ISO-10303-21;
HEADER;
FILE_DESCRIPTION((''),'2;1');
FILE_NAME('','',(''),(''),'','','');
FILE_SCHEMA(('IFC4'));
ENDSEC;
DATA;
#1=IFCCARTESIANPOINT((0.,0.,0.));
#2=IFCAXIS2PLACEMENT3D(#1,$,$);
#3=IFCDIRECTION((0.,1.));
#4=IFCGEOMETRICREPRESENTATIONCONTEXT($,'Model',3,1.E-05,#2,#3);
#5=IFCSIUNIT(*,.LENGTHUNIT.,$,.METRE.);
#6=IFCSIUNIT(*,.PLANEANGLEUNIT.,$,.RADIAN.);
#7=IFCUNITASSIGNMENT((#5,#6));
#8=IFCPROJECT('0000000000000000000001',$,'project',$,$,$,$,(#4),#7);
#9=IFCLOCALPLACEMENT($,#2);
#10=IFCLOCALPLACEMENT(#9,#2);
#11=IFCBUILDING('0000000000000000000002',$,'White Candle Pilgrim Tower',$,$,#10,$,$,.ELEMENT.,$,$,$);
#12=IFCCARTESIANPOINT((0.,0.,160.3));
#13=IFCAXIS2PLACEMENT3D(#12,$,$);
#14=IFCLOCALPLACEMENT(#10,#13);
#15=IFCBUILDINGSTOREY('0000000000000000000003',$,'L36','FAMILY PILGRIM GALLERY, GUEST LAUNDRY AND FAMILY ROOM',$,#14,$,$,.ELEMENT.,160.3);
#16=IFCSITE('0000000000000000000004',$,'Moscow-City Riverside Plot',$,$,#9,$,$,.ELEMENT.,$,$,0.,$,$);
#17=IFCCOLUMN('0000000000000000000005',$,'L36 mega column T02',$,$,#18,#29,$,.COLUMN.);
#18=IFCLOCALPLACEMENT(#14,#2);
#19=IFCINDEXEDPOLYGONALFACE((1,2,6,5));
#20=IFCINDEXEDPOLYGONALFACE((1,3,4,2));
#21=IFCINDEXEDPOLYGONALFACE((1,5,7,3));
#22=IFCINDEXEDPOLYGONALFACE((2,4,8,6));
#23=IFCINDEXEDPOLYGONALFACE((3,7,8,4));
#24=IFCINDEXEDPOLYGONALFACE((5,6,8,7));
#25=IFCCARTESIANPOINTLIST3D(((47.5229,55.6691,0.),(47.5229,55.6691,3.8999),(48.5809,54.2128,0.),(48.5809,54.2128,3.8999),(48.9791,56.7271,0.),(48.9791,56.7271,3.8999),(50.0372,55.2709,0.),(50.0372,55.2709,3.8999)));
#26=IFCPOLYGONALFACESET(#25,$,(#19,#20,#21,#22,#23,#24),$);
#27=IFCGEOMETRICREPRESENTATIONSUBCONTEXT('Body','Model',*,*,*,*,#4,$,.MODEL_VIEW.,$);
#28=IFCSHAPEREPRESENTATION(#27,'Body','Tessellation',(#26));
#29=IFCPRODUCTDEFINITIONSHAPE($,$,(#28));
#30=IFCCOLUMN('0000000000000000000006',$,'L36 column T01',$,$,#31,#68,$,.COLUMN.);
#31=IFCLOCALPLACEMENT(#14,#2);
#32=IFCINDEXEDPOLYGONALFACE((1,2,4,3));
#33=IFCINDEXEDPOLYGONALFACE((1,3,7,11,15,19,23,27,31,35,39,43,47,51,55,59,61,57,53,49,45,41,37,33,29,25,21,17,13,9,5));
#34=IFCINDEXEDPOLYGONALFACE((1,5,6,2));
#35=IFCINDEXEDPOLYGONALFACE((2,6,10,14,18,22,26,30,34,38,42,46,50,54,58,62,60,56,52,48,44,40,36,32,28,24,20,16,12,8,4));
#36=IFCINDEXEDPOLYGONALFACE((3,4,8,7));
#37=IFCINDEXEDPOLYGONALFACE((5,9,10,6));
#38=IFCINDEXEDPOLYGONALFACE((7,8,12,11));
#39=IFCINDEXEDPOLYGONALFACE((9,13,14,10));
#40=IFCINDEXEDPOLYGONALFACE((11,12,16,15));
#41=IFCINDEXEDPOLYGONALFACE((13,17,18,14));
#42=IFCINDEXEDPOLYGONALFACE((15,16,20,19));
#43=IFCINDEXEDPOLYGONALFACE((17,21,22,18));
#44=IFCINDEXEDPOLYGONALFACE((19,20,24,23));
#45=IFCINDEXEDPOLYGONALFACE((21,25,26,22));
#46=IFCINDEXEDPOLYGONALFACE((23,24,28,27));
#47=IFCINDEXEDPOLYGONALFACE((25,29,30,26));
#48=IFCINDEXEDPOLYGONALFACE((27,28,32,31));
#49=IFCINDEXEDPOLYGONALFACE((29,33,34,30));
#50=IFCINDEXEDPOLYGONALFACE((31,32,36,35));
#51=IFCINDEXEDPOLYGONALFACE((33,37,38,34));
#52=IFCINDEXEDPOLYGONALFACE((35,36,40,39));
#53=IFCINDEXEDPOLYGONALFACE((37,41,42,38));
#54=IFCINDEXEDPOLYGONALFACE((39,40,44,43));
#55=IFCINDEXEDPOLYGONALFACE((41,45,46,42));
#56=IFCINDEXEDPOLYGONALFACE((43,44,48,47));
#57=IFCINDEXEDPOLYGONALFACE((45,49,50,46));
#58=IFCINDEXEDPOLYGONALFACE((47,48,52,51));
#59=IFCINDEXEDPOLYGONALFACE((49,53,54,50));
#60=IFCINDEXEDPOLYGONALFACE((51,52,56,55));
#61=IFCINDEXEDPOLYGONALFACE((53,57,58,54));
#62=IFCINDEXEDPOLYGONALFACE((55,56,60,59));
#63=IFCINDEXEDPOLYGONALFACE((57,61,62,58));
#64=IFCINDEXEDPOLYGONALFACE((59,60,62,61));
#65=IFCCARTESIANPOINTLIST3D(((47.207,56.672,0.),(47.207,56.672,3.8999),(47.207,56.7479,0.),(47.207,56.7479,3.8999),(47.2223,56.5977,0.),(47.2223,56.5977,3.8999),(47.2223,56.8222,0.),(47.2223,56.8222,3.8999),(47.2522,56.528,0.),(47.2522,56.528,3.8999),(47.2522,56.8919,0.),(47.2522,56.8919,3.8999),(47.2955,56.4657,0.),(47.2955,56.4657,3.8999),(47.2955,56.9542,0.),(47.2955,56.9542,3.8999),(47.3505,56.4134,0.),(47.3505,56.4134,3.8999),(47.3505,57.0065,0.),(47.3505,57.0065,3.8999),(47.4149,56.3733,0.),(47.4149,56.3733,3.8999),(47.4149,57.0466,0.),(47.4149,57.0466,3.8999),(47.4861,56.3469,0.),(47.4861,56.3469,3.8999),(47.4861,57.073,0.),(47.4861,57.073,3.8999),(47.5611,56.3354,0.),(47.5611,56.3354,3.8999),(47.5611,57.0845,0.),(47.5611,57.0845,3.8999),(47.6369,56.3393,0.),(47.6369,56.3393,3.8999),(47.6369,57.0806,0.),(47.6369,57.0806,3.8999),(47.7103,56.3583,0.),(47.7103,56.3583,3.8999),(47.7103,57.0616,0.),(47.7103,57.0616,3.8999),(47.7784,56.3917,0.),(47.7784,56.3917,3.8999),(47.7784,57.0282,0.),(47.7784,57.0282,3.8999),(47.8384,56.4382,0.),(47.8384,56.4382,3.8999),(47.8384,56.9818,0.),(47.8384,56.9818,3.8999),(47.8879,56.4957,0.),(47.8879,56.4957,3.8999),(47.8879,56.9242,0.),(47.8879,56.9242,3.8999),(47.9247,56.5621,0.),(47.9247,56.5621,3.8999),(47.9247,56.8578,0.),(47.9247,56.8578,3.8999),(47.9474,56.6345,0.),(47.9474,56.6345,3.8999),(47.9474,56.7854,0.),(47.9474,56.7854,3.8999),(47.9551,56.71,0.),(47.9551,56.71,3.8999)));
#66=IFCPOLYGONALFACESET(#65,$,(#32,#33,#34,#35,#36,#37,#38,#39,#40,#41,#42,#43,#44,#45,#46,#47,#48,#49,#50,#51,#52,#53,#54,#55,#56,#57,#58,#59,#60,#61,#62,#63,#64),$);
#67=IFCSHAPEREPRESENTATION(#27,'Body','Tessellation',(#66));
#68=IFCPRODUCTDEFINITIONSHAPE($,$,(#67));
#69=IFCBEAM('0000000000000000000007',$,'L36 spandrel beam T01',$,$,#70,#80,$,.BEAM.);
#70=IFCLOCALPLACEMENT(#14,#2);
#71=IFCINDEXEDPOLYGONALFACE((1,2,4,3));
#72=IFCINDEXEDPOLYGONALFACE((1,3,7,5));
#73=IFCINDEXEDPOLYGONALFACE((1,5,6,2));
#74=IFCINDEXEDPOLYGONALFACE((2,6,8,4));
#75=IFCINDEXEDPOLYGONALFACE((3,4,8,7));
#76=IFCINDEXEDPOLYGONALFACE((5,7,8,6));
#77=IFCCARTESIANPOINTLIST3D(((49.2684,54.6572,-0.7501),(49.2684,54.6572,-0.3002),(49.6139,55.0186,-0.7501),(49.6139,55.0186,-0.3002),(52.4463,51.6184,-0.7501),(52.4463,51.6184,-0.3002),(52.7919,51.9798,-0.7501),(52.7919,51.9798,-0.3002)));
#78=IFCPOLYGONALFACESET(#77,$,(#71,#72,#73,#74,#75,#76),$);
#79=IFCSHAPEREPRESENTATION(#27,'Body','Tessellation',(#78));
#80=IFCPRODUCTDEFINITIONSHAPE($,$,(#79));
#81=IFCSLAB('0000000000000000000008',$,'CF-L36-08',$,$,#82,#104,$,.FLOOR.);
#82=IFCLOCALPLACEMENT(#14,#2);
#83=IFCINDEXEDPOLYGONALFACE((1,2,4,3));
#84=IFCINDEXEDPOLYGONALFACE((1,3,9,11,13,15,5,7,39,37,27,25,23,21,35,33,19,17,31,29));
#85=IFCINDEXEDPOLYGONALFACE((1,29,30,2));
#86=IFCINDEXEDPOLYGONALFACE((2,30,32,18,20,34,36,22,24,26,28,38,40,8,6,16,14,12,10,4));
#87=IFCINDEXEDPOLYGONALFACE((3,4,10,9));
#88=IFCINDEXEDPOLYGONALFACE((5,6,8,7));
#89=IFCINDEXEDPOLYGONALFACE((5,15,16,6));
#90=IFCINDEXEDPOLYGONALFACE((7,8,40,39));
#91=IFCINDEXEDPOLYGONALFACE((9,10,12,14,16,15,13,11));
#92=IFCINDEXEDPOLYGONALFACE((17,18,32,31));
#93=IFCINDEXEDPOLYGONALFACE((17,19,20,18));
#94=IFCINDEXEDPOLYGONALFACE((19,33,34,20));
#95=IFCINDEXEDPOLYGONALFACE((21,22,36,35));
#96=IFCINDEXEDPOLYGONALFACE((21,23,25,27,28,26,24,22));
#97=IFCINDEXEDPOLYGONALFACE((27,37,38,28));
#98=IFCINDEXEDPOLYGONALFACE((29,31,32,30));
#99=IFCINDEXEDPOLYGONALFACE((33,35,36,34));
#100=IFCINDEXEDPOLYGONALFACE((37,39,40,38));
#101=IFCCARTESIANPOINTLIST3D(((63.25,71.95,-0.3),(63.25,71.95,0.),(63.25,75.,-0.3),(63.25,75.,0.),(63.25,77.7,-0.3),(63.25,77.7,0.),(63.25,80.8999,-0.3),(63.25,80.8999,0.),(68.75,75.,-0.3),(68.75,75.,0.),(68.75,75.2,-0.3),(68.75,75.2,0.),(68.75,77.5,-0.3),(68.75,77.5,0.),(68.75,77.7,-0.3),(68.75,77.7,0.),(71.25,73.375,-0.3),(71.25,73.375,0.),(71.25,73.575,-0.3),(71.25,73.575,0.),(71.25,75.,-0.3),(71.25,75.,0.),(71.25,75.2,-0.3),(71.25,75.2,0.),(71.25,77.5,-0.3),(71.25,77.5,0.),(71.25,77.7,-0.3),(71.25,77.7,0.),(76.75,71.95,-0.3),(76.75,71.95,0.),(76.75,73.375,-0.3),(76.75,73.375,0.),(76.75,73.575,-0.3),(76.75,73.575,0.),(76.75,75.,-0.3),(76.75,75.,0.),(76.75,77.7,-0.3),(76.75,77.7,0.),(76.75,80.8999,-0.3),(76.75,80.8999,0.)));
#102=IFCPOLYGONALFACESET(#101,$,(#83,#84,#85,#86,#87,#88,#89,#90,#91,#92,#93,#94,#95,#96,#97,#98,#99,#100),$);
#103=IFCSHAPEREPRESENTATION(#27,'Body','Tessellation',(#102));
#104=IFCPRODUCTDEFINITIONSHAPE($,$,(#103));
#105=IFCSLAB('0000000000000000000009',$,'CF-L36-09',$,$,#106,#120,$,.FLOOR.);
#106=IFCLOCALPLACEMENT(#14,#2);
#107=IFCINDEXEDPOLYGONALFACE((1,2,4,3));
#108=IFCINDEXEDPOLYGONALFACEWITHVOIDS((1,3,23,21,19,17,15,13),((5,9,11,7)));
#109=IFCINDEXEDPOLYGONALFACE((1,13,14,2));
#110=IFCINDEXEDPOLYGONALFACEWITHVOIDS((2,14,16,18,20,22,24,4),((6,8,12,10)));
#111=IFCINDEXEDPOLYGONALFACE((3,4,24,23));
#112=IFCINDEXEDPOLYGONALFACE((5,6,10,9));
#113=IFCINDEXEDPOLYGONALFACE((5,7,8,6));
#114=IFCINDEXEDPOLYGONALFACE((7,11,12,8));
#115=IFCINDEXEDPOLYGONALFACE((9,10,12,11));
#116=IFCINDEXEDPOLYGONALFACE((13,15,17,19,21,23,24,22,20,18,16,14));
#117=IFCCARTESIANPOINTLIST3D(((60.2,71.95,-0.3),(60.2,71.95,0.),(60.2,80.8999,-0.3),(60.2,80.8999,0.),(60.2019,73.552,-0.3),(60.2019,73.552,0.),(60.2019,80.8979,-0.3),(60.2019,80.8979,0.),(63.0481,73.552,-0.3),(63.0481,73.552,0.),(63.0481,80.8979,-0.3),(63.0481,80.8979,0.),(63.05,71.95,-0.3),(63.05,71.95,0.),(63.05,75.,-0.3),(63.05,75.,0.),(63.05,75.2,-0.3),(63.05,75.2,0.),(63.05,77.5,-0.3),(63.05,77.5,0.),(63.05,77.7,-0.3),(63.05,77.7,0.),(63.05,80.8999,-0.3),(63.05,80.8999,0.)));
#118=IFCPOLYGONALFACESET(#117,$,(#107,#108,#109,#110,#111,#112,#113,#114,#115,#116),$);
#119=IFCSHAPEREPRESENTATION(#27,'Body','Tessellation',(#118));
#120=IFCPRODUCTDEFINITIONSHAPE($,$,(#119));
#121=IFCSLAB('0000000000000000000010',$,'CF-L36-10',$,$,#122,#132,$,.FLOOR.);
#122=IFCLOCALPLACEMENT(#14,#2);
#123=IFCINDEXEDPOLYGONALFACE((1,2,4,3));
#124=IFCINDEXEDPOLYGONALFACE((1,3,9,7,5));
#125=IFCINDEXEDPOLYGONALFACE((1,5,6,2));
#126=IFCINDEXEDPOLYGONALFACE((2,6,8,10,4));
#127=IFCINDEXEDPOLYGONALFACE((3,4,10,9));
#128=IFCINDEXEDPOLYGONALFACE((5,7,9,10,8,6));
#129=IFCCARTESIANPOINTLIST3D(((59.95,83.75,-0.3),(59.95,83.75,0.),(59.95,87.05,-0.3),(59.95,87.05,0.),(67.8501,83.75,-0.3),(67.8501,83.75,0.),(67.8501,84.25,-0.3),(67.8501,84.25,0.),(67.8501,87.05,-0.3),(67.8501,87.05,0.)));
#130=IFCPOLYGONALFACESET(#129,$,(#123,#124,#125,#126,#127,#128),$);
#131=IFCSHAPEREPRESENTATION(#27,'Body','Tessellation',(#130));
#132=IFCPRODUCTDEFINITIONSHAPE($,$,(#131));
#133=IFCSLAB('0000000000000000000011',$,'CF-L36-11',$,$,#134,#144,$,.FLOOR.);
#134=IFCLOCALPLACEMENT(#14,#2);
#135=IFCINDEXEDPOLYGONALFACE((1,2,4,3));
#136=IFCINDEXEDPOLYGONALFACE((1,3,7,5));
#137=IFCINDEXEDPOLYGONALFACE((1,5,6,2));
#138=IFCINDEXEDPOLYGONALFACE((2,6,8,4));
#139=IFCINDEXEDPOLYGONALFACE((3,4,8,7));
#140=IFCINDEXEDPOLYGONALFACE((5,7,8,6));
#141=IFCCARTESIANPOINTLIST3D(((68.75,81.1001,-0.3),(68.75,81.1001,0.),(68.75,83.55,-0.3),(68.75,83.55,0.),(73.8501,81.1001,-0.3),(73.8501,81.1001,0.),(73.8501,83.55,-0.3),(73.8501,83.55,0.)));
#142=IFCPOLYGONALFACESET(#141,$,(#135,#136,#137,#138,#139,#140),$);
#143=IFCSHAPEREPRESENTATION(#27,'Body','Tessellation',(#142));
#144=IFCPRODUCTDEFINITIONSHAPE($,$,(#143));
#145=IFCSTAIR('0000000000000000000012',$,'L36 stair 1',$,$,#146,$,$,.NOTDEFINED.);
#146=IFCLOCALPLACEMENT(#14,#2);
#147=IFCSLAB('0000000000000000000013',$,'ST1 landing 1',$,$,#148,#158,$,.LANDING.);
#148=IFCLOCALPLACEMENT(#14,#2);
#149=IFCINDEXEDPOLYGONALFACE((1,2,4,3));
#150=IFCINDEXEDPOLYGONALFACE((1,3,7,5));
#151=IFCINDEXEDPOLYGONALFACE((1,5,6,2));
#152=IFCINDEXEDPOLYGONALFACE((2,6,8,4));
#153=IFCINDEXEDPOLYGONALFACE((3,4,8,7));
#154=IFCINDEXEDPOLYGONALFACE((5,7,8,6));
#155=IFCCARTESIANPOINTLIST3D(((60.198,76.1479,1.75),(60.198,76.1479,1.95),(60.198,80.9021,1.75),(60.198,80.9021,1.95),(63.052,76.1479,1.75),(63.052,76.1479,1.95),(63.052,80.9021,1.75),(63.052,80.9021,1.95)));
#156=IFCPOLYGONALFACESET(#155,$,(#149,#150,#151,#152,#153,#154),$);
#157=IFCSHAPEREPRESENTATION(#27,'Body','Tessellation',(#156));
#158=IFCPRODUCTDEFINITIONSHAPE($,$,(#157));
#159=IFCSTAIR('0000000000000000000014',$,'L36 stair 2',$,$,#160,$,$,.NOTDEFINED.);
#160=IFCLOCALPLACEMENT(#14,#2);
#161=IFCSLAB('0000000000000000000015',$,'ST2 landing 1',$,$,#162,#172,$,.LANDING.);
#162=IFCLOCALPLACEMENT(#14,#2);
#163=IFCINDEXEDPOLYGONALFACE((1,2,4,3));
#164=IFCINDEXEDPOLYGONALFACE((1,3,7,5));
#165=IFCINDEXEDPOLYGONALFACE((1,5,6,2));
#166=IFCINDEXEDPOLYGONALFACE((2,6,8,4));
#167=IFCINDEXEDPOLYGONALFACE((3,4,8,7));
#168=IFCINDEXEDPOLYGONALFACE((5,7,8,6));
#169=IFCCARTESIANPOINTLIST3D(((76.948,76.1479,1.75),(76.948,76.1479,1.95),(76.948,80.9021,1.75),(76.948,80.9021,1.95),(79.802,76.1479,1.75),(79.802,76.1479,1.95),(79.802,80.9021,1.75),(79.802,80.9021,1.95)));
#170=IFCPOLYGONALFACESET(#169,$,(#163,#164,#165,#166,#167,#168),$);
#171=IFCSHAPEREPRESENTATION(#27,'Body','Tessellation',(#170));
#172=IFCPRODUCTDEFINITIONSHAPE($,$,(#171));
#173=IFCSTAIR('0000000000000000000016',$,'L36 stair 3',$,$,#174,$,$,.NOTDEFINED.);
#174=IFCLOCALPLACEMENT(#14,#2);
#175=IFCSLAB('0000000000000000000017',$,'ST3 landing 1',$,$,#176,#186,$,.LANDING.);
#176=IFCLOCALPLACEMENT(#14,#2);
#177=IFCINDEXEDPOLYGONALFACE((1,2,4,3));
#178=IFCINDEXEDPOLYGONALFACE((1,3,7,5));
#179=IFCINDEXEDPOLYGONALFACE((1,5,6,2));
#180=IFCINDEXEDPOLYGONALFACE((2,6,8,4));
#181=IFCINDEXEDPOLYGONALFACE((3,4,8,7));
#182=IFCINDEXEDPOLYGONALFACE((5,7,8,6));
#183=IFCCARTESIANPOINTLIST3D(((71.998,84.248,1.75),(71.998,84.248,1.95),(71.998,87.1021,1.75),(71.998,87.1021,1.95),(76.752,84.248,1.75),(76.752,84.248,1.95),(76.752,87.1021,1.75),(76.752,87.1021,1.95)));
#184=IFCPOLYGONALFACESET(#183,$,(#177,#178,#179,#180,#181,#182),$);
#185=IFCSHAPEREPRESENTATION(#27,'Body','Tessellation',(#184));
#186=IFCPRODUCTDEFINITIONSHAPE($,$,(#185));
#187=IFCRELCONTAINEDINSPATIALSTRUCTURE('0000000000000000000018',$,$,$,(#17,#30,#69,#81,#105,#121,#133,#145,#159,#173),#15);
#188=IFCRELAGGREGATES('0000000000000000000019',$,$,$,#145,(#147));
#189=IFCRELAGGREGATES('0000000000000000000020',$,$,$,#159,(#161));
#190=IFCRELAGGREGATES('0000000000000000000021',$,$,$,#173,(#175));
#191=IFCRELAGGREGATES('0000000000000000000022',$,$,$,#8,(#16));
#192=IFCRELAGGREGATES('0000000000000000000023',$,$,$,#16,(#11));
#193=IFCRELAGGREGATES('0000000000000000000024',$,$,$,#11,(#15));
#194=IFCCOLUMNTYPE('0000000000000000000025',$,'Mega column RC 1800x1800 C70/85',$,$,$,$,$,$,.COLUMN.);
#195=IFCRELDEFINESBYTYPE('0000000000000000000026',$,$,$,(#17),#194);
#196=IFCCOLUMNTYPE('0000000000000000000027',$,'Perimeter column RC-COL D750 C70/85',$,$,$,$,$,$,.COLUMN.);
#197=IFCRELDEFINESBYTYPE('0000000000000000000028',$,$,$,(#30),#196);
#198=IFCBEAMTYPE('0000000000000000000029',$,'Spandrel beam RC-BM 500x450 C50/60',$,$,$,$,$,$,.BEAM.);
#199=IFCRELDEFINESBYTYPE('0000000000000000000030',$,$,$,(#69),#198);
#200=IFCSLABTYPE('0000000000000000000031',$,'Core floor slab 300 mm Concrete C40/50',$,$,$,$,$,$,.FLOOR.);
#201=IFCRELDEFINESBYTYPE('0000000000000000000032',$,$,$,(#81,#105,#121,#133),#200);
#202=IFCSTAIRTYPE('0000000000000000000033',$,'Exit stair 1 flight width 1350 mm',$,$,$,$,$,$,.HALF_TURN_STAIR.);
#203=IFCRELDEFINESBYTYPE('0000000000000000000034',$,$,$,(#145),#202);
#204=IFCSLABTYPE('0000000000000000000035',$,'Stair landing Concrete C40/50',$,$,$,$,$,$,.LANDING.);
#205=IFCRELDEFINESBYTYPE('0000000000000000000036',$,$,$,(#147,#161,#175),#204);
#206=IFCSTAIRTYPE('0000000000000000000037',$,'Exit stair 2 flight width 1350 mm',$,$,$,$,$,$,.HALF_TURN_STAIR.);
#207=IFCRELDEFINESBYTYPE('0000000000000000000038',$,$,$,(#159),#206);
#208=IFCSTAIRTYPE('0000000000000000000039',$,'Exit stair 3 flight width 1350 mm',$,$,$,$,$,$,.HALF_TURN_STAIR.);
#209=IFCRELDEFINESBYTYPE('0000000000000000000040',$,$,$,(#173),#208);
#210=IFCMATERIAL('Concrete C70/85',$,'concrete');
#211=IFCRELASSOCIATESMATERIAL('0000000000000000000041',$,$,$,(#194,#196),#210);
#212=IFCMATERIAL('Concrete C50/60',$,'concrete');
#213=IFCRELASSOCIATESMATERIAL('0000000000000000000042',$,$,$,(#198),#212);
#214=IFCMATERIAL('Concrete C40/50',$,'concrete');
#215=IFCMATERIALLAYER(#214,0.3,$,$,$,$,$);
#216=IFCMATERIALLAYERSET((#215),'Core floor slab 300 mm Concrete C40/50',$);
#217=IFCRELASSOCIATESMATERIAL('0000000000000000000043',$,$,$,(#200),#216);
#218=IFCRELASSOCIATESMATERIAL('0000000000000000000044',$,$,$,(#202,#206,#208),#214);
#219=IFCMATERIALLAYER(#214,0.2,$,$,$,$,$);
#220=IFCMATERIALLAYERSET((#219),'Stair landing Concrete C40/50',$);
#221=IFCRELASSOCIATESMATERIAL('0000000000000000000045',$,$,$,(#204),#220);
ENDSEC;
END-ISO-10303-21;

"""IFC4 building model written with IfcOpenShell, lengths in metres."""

from ifc_helpers import new_model, si_unit, direction, frame, origin, origin_2d, place, context, subcontext, project, spatial, polyline, rectangle, circle, outline, extrude, material, layer, layer_set, material_profile, profile_set, type_object, element, aggregate, save


model = new_model("IFC4")

# Units and contexts
model_context = context("Model", 3, precision=1e-05, world=origin(), true_north=direction((0.0, 1.0)))
body_context = subcontext(model_context, "Body", "Model", "MODEL_VIEW")
ifc_project = project(units=[si_unit("LENGTHUNIT", "METRE"), si_unit("PLANEANGLEUNIT", "RADIAN")], contexts=[model_context])

# Site, building, storey
site_placement = place(None, origin())
site = spatial("IfcSite", under=ifc_project, at=site_placement, Name="Moscow-City Riverside Plot", CompositionType="ELEMENT", RefElevation=0.0)
building_placement = place(site_placement, origin())
building = spatial("IfcBuilding", under=site, at=building_placement, Name="White Candle Pilgrim Tower", CompositionType="ELEMENT")
storey_placement = place(building_placement, frame((0.0, 0.0, 160.3)))
storey = spatial("IfcBuildingStorey", under=building, at=storey_placement, Name="L36", Description="FAMILY PILGRIM GALLERY, GUEST LAUNDRY AND FAMILY ROOM", CompositionType="ELEMENT", Elevation=160.3)

# Columns
ifc_material_1 = material(Name="Concrete C70/85", Category="concrete")
ifc_material_profile_1 = material_profile(ifc_material_1, rectangle(XDim=1.8, YDim=1.8, at=origin_2d()), Name="RC 1800x1800")
ifc_profile_set_1 = profile_set([ifc_material_profile_1], Name="Concrete C70/85")
column_type_1 = type_object("IfcColumnType", Name="Mega column RC 1800x1800 C70/85", PredefinedType="COLUMN", material=ifc_profile_set_1)
column_1_placement = place(storey_placement, frame((48.78, 55.47, 0.0), z_axis=(0.0, 0.0, 1.0), x_axis=(-0.809017, -0.587785, 0.0)))
element("IfcColumn", 1, at=column_1_placement, inside=storey, type_object=column_type_1, Name="L36 mega column T02", PredefinedType="COLUMN", context=body_context, shape_type="SweptSolid", body=[
    extrude(rectangle(XDim=1.8, YDim=1.8, at=origin_2d()), origin(), (0.0, 0.0, 1.0), 3.8999),
])
ifc_material_profile_2 = material_profile(ifc_material_1, circle(Radius=0.375, at=origin_2d()), Name="RC-COL D750")
ifc_profile_set_2 = profile_set([ifc_material_profile_2], Name="Concrete C70/85")
column_type_2 = type_object("IfcColumnType", Name="Perimeter column RC-COL D750 C70/85", PredefinedType="COLUMN", material=ifc_profile_set_2)
column_2_placement = place(storey_placement, frame((47.5801, 56.71, 0.0), z_axis=(0.0, 0.0, 1.0), x_axis=(1.0, 0.0, 0.0)))
element("IfcColumn", 2, at=column_2_placement, inside=storey, type_object=column_type_2, Name="L36 column T01", PredefinedType="COLUMN", context=body_context, shape_type="SweptSolid", body=[
    extrude(circle(Radius=0.375, at=origin_2d()), origin(), (0.0, 0.0, 1.0), 3.8999),
])

# Beam
ifc_material_2 = material(Name="Concrete C50/60", Category="concrete")
ifc_material_profile_3 = material_profile(ifc_material_2, rectangle(XDim=0.5, YDim=0.45, at=origin_2d()), Name="RC-BM 500x450")
ifc_profile_set_3 = profile_set([ifc_material_profile_3], Name="Concrete C50/60")
beam_type = type_object("IfcBeamType", Name="Spandrel beam RC-BM 500x450 C50/60", PredefinedType="BEAM", material=ifc_profile_set_3)
beam_placement = place(storey_placement, frame((49.4412, 54.8379, -0.5251), z_axis=(0.722754, -0.691105, 0.0), x_axis=(0.691105, 0.722754, 0.0)))
element("IfcBeam", 3, at=beam_placement, inside=storey, type_object=beam_type, Name="L36 spandrel beam T01", PredefinedType="BEAM", context=body_context, shape_type="SweptSolid", body=[
    extrude(rectangle(XDim=0.5, YDim=0.45, at=origin_2d()), origin(), (0.0, 0.0, 1.0), 4.397),
])

# Slabs
ifc_material_3 = material(Name="Concrete C40/50", Category="concrete")
ifc_layer_1 = layer(ifc_material_3, 0.3)
ifc_layer_set_1 = layer_set([ifc_layer_1], Name="Core floor slab 300 mm Concrete C40/50")
slab_type_1 = type_object("IfcSlabType", Name="Core floor slab 300 mm Concrete C40/50", PredefinedType="FLOOR", material=ifc_layer_set_1)
slab_1_placement = place(storey_placement, frame((0.0, 0.0, -0.3)))
element("IfcSlab", 4, at=slab_1_placement, inside=storey, type_object=slab_type_1, Name="CF-L36-08", PredefinedType="FLOOR", context=body_context, shape_type="SweptSolid", body=[
    extrude(outline(polyline([(63.25, 71.95), (63.25, 75.0), (68.75, 75.0), (68.75, 75.2), (68.75, 77.5), (68.75, 77.7), (63.25, 77.7), (63.25, 80.8999), (76.75, 80.8999), (76.75, 77.7), (71.25, 77.7), (71.25, 77.5), (71.25, 75.2), (71.25, 75.0), (76.75, 75.0), (76.75, 73.575), (71.25, 73.575), (71.25, 73.375), (76.75, 73.375), (76.75, 71.95), (63.25, 71.95)])), origin(), (0.0, 0.0, 1.0), 0.3),
])
slab_2_placement = place(storey_placement, frame((0.0, 0.0, -0.3)))
element("IfcSlab", 5, at=slab_2_placement, inside=storey, type_object=slab_type_1, Name="CF-L36-09", PredefinedType="FLOOR", context=body_context, shape_type="SweptSolid", body=[
    extrude(outline(polyline([(60.2, 71.95), (60.2, 80.8999), (63.05, 80.8999), (63.05, 77.7), (63.05, 77.5), (63.05, 75.2), (63.05, 75.0), (63.05, 71.95), (60.2, 71.95)]), holes=[polyline([(60.2019, 73.552), (63.0481, 73.552), (63.0481, 80.8979), (60.2019, 80.8979), (60.2019, 73.552)])]), origin(), (0.0, 0.0, 1.0), 0.3),
])
slab_3_placement = place(storey_placement, frame((0.0, 0.0, -0.3)))
element("IfcSlab", 6, at=slab_3_placement, inside=storey, type_object=slab_type_1, Name="CF-L36-10", PredefinedType="FLOOR", context=body_context, shape_type="SweptSolid", body=[
    extrude(outline(polyline([(59.95, 87.05), (67.8501, 87.05), (67.8501, 84.25), (67.8501, 83.75), (59.95, 83.75), (59.95, 87.05)])), origin(), (0.0, 0.0, 1.0), 0.3),
])
slab_4_placement = place(storey_placement, frame((0.0, 0.0, -0.3)))
element("IfcSlab", 7, at=slab_4_placement, inside=storey, type_object=slab_type_1, Name="CF-L36-11", PredefinedType="FLOOR", context=body_context, shape_type="SweptSolid", body=[
    extrude(outline(polyline([(73.8501, 83.55), (73.8501, 81.1001), (68.75, 81.1001), (68.75, 83.55), (73.8501, 83.55)])), origin(), (0.0, 0.0, 1.0), 0.3),
])

# Stairs, slabs
stair_type_1 = type_object("IfcStairType", Name="Exit stair 1 flight width 1350 mm", PredefinedType="HALF_TURN_STAIR", material=ifc_material_3)
stair_1_placement = place(storey_placement, origin())
stair_1 = element("IfcStair", 8, at=stair_1_placement, inside=storey, type_object=stair_type_1, Name="L36 stair 1", PredefinedType="NOTDEFINED")
ifc_layer_2 = layer(ifc_material_3, 0.2)
ifc_layer_set_2 = layer_set([ifc_layer_2], Name="Stair landing Concrete C40/50")
slab_type_2 = type_object("IfcSlabType", Name="Stair landing Concrete C40/50", PredefinedType="LANDING", material=ifc_layer_set_2)
slab_5_placement = place(storey_placement, frame((0.0, 0.0, 1.75)))
slab_5 = element("IfcSlab", 9, at=slab_5_placement, type_object=slab_type_2, Name="ST1 landing 1", PredefinedType="LANDING", context=body_context, shape_type="SweptSolid", body=[
    extrude(outline(polyline([(63.052, 76.1479), (60.198, 76.1479), (60.198, 80.9021), (63.052, 80.9021), (63.052, 76.1479)])), origin(), (0.0, 0.0, 1.0), 0.2),
])
aggregate(stair_1, [slab_5])
stair_type_2 = type_object("IfcStairType", Name="Exit stair 2 flight width 1350 mm", PredefinedType="HALF_TURN_STAIR", material=ifc_material_3)
stair_2_placement = place(storey_placement, origin())
stair_2 = element("IfcStair", 10, at=stair_2_placement, inside=storey, type_object=stair_type_2, Name="L36 stair 2", PredefinedType="NOTDEFINED")
slab_6_placement = place(storey_placement, frame((0.0, 0.0, 1.75)))
slab_6 = element("IfcSlab", 11, at=slab_6_placement, type_object=slab_type_2, Name="ST2 landing 1", PredefinedType="LANDING", context=body_context, shape_type="SweptSolid", body=[
    extrude(outline(polyline([(79.802, 76.1479), (76.948, 76.1479), (76.948, 80.9021), (79.802, 80.9021), (79.802, 76.1479)])), origin(), (0.0, 0.0, 1.0), 0.2),
])
aggregate(stair_2, [slab_6])
stair_type_3 = type_object("IfcStairType", Name="Exit stair 3 flight width 1350 mm", PredefinedType="HALF_TURN_STAIR", material=ifc_material_3)
stair_3_placement = place(storey_placement, origin())
stair_3 = element("IfcStair", 12, at=stair_3_placement, inside=storey, type_object=stair_type_3, Name="L36 stair 3", PredefinedType="NOTDEFINED")
slab_7_placement = place(storey_placement, frame((0.0, 0.0, 1.75)))
slab_7 = element("IfcSlab", 13, at=slab_7_placement, type_object=slab_type_2, Name="ST3 landing 1", PredefinedType="LANDING", context=body_context, shape_type="SweptSolid", body=[
    extrude(outline(polyline([(71.998, 84.248), (71.998, 87.1021), (76.752, 87.1021), (76.752, 84.248), (71.998, 84.248)])), origin(), (0.0, 0.0, 1.0), 0.2),
])
aggregate(stair_3, [slab_7])

save(model, "model.ifc")
